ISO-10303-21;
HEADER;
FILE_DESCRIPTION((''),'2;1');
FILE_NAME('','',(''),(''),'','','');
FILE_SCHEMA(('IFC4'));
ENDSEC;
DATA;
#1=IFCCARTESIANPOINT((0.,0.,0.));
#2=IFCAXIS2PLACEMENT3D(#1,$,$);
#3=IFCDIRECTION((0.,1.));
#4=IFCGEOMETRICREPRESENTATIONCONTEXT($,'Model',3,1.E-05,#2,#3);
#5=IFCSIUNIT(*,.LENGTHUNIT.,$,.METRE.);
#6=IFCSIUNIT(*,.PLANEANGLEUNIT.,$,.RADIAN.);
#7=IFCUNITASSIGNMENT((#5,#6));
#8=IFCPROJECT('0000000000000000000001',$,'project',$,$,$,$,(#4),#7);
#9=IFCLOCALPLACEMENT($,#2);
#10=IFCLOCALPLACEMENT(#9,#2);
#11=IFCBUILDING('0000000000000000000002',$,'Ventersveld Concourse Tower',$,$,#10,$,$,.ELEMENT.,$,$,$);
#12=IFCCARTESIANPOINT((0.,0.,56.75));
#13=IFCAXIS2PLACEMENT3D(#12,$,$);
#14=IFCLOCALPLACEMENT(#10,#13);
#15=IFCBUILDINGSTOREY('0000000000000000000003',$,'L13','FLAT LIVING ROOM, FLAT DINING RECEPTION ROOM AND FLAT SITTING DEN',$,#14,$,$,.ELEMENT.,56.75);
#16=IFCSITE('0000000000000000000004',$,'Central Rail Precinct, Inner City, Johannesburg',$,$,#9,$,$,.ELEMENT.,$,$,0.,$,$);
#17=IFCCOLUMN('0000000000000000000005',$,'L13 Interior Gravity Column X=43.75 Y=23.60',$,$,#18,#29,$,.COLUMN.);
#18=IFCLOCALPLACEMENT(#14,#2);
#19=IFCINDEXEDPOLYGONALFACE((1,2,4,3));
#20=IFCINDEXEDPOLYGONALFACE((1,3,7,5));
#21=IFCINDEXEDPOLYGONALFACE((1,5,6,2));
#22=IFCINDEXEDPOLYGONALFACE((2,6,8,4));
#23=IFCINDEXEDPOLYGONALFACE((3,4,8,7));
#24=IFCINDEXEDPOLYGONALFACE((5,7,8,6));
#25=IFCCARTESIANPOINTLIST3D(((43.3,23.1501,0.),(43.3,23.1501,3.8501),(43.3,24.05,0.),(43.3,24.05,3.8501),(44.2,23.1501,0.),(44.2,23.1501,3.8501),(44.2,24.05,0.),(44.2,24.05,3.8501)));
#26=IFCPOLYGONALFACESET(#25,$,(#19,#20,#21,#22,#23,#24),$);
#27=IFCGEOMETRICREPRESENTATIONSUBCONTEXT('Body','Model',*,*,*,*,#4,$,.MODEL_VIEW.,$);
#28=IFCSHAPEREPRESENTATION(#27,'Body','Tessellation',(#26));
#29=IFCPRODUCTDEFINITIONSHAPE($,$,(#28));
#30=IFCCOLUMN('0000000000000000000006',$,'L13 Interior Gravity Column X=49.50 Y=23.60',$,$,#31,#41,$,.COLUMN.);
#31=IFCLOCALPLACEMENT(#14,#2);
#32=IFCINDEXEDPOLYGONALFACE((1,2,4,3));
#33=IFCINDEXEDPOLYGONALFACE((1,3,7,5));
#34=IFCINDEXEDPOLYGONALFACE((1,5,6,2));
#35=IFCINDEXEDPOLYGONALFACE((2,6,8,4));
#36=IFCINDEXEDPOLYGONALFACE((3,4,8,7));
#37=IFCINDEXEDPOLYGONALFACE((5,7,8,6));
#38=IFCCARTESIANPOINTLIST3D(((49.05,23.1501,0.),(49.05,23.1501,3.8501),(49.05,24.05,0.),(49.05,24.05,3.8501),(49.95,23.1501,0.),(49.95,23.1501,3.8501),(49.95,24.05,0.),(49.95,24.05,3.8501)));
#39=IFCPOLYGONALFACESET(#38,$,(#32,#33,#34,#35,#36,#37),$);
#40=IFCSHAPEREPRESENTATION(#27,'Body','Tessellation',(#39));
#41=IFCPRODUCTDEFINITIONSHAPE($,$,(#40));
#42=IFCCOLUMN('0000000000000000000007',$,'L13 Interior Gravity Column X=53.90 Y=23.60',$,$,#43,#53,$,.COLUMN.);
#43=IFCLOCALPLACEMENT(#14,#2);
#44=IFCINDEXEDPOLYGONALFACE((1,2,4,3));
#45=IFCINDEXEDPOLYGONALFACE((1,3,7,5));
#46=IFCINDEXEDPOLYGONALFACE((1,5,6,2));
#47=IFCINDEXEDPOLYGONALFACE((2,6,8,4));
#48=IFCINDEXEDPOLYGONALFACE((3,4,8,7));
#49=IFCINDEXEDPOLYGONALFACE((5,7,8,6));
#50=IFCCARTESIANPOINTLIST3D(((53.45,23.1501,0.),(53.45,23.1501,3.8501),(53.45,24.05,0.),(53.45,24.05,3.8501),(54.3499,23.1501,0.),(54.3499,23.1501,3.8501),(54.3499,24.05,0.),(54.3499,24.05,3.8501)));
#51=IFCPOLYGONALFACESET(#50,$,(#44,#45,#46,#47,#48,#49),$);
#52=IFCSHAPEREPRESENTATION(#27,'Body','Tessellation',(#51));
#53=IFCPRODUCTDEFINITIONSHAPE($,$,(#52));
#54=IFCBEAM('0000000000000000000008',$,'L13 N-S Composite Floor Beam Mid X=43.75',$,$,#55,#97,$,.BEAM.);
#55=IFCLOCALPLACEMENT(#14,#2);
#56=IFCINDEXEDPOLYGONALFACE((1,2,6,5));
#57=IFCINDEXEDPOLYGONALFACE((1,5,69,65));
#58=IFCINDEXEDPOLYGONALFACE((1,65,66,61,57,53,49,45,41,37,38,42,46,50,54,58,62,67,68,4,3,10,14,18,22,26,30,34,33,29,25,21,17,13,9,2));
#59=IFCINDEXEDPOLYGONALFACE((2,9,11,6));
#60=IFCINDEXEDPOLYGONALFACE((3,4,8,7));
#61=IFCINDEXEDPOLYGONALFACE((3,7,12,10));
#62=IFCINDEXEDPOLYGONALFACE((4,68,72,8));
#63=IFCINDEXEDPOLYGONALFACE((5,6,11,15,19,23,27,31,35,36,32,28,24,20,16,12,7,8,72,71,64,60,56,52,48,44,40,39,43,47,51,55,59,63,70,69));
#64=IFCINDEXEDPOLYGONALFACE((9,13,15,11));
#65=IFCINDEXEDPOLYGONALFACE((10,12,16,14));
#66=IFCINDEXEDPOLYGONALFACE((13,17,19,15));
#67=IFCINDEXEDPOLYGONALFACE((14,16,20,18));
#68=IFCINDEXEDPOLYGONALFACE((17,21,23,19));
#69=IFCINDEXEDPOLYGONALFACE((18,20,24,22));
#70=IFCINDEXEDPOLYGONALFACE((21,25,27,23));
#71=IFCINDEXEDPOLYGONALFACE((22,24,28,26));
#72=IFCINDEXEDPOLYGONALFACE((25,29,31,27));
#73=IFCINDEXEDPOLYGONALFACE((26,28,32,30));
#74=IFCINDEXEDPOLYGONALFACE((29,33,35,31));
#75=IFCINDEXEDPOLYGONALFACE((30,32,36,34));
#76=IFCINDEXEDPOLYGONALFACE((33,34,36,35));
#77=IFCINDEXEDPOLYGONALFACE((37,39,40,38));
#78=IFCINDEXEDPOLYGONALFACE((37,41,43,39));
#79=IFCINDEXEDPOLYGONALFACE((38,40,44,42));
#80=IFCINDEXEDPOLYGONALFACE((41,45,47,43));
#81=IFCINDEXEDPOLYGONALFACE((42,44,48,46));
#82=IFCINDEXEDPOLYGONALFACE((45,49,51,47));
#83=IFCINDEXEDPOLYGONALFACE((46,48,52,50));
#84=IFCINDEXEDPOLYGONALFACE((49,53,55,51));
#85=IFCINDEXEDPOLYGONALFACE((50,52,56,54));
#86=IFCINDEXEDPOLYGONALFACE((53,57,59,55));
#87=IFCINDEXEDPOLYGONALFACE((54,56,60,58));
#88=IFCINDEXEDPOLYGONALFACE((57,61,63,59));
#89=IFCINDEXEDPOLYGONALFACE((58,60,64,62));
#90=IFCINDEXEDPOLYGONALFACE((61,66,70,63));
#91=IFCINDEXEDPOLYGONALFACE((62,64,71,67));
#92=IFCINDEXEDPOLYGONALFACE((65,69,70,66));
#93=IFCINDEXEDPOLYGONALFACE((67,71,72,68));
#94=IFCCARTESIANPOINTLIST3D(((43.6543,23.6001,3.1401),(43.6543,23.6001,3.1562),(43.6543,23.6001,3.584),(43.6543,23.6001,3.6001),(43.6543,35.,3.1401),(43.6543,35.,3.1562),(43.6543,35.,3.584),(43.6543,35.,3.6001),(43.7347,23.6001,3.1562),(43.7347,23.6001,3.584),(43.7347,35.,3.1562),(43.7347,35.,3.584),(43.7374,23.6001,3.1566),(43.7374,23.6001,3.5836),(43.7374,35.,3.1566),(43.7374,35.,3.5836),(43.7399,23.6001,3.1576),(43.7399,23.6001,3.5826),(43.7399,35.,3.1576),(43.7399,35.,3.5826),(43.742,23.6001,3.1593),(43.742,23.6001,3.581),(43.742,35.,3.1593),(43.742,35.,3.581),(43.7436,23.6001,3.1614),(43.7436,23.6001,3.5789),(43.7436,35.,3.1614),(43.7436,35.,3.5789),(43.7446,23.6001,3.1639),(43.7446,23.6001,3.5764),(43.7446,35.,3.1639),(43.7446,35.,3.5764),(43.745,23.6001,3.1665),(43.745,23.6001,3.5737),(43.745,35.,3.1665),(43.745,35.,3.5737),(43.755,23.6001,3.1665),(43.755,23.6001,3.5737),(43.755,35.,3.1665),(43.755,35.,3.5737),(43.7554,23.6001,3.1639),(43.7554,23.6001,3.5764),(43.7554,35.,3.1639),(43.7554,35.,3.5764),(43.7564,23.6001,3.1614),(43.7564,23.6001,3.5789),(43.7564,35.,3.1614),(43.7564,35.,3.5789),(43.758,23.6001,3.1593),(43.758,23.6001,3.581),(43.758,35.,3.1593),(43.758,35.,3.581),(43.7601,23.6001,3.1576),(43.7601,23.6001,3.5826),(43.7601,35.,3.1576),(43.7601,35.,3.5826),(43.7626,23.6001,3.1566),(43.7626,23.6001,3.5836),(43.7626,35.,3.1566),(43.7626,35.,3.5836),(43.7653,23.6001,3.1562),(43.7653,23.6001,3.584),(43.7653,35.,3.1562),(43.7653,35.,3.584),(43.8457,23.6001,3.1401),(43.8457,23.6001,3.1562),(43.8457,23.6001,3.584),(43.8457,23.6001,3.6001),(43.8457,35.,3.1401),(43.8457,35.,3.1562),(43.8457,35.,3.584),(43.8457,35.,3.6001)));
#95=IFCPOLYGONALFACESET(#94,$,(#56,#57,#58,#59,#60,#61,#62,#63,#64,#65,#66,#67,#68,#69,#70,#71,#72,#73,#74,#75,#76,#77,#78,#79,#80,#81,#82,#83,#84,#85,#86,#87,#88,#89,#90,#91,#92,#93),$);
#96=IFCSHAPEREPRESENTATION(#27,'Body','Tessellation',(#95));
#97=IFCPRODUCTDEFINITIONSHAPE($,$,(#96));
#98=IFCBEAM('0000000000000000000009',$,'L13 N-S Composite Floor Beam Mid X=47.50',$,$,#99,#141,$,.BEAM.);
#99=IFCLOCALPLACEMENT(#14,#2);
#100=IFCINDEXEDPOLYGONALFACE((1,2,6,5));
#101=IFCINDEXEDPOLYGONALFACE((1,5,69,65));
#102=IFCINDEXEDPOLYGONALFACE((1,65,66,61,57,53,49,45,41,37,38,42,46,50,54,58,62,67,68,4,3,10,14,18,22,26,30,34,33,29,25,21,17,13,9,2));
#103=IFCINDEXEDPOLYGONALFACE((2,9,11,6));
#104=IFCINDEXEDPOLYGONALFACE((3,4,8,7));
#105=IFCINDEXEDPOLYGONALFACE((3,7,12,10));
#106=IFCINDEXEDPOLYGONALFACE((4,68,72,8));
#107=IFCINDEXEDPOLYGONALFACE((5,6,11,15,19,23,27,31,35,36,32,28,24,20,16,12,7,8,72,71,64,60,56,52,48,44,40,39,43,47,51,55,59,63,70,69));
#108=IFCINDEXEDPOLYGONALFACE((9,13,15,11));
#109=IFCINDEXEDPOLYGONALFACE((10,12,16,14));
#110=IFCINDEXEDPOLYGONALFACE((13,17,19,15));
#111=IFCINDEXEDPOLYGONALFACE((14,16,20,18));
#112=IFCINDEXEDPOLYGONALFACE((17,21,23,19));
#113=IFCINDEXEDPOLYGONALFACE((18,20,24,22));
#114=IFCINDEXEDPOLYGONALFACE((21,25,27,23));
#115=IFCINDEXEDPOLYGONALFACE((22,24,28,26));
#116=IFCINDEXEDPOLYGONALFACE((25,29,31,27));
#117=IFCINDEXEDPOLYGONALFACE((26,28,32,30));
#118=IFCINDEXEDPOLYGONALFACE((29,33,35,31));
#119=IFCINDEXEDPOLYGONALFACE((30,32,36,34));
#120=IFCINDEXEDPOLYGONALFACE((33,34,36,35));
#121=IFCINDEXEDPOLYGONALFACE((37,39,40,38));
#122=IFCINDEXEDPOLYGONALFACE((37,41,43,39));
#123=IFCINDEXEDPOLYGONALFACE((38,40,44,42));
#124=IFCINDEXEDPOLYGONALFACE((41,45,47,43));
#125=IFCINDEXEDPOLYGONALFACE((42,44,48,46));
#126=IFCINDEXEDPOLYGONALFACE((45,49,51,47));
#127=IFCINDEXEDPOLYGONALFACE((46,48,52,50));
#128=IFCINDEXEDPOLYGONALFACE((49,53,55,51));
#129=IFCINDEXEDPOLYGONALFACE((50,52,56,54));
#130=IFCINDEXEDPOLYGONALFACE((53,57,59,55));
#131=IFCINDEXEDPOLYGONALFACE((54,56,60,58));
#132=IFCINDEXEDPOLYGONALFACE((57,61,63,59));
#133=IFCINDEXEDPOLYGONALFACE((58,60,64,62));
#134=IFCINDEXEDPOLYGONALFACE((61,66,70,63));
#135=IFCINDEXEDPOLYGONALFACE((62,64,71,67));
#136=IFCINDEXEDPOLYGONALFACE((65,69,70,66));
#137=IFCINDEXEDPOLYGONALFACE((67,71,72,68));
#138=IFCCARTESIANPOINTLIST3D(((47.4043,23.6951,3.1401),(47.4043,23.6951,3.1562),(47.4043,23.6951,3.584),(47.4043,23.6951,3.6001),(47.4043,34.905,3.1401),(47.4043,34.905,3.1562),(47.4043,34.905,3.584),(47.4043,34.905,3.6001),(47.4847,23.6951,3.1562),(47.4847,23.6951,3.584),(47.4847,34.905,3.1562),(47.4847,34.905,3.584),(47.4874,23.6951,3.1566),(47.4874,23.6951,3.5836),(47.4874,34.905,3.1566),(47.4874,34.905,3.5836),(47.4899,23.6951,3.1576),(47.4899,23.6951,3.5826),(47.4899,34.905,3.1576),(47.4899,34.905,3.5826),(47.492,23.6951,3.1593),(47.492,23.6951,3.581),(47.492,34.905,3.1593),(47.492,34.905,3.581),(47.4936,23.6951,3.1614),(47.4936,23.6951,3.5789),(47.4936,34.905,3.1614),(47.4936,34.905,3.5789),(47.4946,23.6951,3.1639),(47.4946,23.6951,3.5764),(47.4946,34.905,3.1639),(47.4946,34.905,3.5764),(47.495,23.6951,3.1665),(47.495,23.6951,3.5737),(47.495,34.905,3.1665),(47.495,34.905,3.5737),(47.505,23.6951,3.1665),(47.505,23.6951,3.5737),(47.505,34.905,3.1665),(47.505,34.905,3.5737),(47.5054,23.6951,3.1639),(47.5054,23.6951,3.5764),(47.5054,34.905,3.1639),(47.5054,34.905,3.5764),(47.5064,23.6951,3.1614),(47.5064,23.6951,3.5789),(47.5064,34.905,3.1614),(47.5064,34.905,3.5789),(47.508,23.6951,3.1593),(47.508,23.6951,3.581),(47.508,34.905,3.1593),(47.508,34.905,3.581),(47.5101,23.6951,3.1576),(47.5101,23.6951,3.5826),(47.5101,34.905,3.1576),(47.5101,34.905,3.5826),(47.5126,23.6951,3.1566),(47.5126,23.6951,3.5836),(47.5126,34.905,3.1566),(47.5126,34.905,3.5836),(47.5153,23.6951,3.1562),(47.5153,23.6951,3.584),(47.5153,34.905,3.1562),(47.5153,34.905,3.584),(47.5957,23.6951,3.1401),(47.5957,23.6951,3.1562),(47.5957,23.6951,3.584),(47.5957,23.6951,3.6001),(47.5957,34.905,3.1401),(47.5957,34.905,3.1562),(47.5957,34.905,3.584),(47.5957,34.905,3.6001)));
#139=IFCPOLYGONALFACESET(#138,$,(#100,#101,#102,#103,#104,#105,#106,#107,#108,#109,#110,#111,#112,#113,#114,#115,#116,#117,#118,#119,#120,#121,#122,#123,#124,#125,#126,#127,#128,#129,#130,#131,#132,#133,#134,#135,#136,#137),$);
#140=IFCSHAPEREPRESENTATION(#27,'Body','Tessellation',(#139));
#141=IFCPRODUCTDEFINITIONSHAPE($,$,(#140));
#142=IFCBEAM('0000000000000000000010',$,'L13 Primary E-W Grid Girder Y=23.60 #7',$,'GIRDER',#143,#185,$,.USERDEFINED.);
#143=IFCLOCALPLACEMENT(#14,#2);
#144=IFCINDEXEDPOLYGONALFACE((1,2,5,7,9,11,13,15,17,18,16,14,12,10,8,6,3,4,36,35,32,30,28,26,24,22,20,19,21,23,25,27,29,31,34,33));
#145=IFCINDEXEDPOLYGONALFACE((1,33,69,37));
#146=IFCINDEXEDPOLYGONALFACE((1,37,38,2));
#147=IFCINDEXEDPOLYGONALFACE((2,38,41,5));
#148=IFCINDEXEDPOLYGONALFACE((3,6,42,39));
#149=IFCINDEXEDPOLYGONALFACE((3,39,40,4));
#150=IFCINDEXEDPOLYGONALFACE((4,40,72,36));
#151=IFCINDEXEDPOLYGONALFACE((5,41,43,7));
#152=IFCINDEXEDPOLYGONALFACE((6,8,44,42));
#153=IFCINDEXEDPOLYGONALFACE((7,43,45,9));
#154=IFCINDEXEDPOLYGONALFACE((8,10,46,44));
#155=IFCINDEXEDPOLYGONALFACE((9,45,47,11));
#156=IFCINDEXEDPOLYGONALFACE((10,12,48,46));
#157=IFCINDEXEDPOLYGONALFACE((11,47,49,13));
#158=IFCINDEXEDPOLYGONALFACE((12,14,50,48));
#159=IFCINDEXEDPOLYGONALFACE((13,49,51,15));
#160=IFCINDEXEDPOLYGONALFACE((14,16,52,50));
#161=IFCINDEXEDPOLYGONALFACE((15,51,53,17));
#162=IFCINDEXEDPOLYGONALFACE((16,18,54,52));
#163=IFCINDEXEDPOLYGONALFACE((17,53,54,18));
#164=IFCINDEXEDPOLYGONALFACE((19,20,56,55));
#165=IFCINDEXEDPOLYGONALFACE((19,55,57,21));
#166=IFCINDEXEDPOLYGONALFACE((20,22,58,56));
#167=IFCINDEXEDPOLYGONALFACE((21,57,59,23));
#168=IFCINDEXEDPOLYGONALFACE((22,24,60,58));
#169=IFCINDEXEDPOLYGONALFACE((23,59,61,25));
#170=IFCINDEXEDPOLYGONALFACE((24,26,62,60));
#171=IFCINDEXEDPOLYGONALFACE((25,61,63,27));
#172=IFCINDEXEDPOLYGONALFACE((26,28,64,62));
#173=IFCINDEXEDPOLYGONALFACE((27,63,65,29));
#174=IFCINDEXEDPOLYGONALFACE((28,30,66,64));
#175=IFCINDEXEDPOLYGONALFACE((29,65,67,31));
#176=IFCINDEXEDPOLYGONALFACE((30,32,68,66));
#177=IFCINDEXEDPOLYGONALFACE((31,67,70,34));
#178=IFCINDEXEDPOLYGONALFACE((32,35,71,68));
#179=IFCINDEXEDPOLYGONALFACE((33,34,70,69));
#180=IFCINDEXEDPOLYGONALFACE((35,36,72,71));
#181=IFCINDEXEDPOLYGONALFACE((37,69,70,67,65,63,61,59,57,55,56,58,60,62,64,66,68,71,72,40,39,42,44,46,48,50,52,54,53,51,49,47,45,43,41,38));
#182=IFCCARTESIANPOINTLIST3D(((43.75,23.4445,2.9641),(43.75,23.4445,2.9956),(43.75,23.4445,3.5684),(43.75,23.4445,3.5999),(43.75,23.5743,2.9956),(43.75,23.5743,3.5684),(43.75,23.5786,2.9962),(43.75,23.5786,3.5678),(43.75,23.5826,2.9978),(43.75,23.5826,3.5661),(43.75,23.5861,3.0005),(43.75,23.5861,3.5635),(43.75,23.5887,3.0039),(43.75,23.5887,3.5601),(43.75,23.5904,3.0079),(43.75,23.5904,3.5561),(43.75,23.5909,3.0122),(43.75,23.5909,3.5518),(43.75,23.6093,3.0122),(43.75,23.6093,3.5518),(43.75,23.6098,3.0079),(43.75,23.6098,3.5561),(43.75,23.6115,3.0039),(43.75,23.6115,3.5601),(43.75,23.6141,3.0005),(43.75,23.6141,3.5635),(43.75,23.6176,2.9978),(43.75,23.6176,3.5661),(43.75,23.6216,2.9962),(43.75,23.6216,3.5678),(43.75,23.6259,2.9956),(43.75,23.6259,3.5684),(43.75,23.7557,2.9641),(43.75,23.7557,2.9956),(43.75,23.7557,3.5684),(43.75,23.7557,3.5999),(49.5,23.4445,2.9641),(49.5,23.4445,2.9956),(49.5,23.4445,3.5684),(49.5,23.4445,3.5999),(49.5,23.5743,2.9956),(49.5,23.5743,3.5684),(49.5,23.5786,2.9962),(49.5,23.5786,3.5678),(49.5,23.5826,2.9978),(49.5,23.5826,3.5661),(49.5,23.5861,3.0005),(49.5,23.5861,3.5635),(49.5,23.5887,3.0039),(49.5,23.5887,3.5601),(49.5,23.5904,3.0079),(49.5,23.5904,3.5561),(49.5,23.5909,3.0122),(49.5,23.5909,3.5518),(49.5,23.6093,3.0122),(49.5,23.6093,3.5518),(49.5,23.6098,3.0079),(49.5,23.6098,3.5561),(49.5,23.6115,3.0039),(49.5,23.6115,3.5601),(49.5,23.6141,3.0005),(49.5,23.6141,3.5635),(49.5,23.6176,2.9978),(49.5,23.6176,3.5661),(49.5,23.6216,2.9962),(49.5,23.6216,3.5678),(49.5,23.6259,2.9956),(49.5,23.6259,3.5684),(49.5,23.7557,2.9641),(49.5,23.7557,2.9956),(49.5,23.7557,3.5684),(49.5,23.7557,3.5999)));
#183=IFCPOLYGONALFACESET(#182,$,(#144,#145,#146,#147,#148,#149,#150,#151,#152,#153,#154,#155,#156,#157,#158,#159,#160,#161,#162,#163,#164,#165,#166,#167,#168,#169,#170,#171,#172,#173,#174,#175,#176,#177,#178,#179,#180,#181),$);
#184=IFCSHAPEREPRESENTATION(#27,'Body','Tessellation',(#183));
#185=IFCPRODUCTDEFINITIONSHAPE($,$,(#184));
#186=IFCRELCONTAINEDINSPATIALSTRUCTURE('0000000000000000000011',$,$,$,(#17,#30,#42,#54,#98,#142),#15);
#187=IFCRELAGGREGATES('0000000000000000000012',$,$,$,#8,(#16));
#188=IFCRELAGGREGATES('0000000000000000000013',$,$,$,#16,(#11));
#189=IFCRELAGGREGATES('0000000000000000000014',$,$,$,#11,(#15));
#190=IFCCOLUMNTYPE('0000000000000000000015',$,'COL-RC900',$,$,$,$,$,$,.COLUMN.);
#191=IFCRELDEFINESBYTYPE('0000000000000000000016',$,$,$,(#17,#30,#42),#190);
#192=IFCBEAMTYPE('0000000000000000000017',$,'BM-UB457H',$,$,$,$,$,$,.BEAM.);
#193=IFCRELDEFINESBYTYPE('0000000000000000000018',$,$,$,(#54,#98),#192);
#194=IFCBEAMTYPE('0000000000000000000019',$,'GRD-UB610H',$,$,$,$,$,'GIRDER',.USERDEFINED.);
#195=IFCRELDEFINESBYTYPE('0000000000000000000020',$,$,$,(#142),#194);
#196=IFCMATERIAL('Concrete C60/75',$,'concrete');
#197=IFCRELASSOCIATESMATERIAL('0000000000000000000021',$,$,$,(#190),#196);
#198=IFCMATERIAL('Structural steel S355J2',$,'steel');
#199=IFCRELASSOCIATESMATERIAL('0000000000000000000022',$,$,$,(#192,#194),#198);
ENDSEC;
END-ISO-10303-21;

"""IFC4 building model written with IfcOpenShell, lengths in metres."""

from ifc_helpers import new_model, si_unit, direction, frame, origin, origin_2d, place, context, subcontext, project, spatial, rectangle, i_section, extrude, material, material_profile, profile_set, type_object, element, save


model = new_model("IFC4")

# Units and contexts
model_context = context("Model", 3, precision=1e-05, world=origin(), true_north=direction((0.0, 1.0)))
body_context = subcontext(model_context, "Body", "Model", "MODEL_VIEW")
ifc_project = project(units=[si_unit("LENGTHUNIT", "METRE"), si_unit("PLANEANGLEUNIT", "RADIAN")], contexts=[model_context])

# Site, building, storey
site_placement = place(None, origin())
site = spatial("IfcSite", under=ifc_project, at=site_placement, Name="Central Rail Precinct, Inner City, Johannesburg", CompositionType="ELEMENT", RefElevation=0.0)
building_placement = place(site_placement, origin())
building = spatial("IfcBuilding", under=site, at=building_placement, Name="Ventersveld Concourse Tower", CompositionType="ELEMENT")
storey_placement = place(building_placement, frame((0.0, 0.0, 56.75)))
storey = spatial("IfcBuildingStorey", under=building, at=storey_placement, Name="L13", Description="FLAT LIVING ROOM, FLAT DINING RECEPTION ROOM AND FLAT SITTING DEN", CompositionType="ELEMENT", Elevation=56.75)

# Columns
ifc_material_1 = material(Name="Concrete C60/75", Category="concrete")
ifc_material_profile_1 = material_profile(ifc_material_1, rectangle(XDim=0.8999, YDim=0.8999, at=origin_2d()), Name="RC 900x900")
ifc_profile_set_1 = profile_set([ifc_material_profile_1], Name="Concrete C60/75")
column_type = type_object("IfcColumnType", Name="COL-RC900", PredefinedType="COLUMN", material=ifc_profile_set_1)
for number, where, z_axis, x_axis, name in (
    (1, (43.75, 23.6001, 0.0), (0.0, 0.0, 1.0), (1.0, 0.0, 0.0), "L13 Interior Gravity Column X=43.75 Y=23.60"),
    (2, (49.5, 23.6001, 0.0), (0.0, 0.0, 1.0), (1.0, 0.0, 0.0), "L13 Interior Gravity Column X=49.50 Y=23.60"),
    (3, (53.8999, 23.6001, 0.0), (0.0, 0.0, 1.0), (1.0, 0.0, 0.0), "L13 Interior Gravity Column X=53.90 Y=23.60"),
):
    element("IfcColumn", number, at=place(storey_placement, frame(where, z_axis=z_axis, x_axis=x_axis)), inside=storey, type_object=column_type, Name=name, PredefinedType="COLUMN", context=body_context, shape_type="SweptSolid", body=[
        extrude(rectangle(XDim=0.8999, YDim=0.8999, at=origin_2d()), origin(), (0.0, 0.0, 1.0), 3.8501),
    ])

# Beams
ifc_material_2 = material(Name="Structural steel S355J2", Category="steel")
ifc_material_profile_2 = material_profile(ifc_material_2, i_section(OverallWidth=0.1914, OverallDepth=0.46, WebThickness=0.01, FlangeThickness=0.0161, FilletRadius=0.0103, at=origin_2d()), Name="UB 457x191x82")
ifc_profile_set_2 = profile_set([ifc_material_profile_2], Name="Structural steel S355J2")
beam_type_1 = type_object("IfcBeamType", Name="BM-UB457H", PredefinedType="BEAM", material=ifc_profile_set_2)
beam_1_placement = place(storey_placement, frame((43.75, 23.6001, 3.3701), z_axis=(0.0, 1.0, 0.0), x_axis=(-1.0, 0.0, 0.0)))
element("IfcBeam", 4, at=beam_1_placement, inside=storey, type_object=beam_type_1, Name="L13 N-S Composite Floor Beam Mid X=43.75", PredefinedType="BEAM", context=body_context, shape_type="SweptSolid", body=[
    extrude(i_section(OverallWidth=0.1914, OverallDepth=0.46, WebThickness=0.01, FlangeThickness=0.0161, FilletRadius=0.0103, at=origin_2d()), origin(), (0.0, 0.0, 1.0), 11.3999),
])
beam_2_placement = place(storey_placement, frame((47.5, 23.6951, 3.3701), z_axis=(0.0, 1.0, 0.0), x_axis=(-1.0, 0.0, 0.0)))
element("IfcBeam", 5, at=beam_2_placement, inside=storey, type_object=beam_type_1, Name="L13 N-S Composite Floor Beam Mid X=47.50", PredefinedType="BEAM", context=body_context, shape_type="SweptSolid", body=[
    extrude(i_section(OverallWidth=0.1914, OverallDepth=0.46, WebThickness=0.01, FlangeThickness=0.0161, FilletRadius=0.0103, at=origin_2d()), origin(), (0.0, 0.0, 1.0), 11.21),
])
ifc_material_profile_3 = material_profile(ifc_material_2, i_section(OverallWidth=0.3113, OverallDepth=0.6357, WebThickness=0.0183, FlangeThickness=0.0315, FilletRadius=0.0166, at=origin_2d()), Name="UB 610x305x238")
ifc_profile_set_3 = profile_set([ifc_material_profile_3], Name="Structural steel S355J2")
beam_type_2 = type_object("IfcBeamType", Name="GRD-UB610H", ElementType="GIRDER", PredefinedType="USERDEFINED", material=ifc_profile_set_3)
beam_3_placement = place(storey_placement, frame((43.75, 23.6001, 3.282), z_axis=(1.0, 0.0, 0.0), x_axis=(0.0, 1.0, 0.0)))
element("IfcBeam", 6, at=beam_3_placement, inside=storey, type_object=beam_type_2, Name="L13 Primary E-W Grid Girder Y=23.60 #7", ObjectType="GIRDER", PredefinedType="USERDEFINED", context=body_context, shape_type="SweptSolid", body=[
    extrude(i_section(OverallWidth=0.3113, OverallDepth=0.6357, WebThickness=0.0183, FlangeThickness=0.0315, FilletRadius=0.0166, at=origin_2d()), origin(), (0.0, 0.0, 1.0), 5.75),
])

save(model, "model.ifc")
